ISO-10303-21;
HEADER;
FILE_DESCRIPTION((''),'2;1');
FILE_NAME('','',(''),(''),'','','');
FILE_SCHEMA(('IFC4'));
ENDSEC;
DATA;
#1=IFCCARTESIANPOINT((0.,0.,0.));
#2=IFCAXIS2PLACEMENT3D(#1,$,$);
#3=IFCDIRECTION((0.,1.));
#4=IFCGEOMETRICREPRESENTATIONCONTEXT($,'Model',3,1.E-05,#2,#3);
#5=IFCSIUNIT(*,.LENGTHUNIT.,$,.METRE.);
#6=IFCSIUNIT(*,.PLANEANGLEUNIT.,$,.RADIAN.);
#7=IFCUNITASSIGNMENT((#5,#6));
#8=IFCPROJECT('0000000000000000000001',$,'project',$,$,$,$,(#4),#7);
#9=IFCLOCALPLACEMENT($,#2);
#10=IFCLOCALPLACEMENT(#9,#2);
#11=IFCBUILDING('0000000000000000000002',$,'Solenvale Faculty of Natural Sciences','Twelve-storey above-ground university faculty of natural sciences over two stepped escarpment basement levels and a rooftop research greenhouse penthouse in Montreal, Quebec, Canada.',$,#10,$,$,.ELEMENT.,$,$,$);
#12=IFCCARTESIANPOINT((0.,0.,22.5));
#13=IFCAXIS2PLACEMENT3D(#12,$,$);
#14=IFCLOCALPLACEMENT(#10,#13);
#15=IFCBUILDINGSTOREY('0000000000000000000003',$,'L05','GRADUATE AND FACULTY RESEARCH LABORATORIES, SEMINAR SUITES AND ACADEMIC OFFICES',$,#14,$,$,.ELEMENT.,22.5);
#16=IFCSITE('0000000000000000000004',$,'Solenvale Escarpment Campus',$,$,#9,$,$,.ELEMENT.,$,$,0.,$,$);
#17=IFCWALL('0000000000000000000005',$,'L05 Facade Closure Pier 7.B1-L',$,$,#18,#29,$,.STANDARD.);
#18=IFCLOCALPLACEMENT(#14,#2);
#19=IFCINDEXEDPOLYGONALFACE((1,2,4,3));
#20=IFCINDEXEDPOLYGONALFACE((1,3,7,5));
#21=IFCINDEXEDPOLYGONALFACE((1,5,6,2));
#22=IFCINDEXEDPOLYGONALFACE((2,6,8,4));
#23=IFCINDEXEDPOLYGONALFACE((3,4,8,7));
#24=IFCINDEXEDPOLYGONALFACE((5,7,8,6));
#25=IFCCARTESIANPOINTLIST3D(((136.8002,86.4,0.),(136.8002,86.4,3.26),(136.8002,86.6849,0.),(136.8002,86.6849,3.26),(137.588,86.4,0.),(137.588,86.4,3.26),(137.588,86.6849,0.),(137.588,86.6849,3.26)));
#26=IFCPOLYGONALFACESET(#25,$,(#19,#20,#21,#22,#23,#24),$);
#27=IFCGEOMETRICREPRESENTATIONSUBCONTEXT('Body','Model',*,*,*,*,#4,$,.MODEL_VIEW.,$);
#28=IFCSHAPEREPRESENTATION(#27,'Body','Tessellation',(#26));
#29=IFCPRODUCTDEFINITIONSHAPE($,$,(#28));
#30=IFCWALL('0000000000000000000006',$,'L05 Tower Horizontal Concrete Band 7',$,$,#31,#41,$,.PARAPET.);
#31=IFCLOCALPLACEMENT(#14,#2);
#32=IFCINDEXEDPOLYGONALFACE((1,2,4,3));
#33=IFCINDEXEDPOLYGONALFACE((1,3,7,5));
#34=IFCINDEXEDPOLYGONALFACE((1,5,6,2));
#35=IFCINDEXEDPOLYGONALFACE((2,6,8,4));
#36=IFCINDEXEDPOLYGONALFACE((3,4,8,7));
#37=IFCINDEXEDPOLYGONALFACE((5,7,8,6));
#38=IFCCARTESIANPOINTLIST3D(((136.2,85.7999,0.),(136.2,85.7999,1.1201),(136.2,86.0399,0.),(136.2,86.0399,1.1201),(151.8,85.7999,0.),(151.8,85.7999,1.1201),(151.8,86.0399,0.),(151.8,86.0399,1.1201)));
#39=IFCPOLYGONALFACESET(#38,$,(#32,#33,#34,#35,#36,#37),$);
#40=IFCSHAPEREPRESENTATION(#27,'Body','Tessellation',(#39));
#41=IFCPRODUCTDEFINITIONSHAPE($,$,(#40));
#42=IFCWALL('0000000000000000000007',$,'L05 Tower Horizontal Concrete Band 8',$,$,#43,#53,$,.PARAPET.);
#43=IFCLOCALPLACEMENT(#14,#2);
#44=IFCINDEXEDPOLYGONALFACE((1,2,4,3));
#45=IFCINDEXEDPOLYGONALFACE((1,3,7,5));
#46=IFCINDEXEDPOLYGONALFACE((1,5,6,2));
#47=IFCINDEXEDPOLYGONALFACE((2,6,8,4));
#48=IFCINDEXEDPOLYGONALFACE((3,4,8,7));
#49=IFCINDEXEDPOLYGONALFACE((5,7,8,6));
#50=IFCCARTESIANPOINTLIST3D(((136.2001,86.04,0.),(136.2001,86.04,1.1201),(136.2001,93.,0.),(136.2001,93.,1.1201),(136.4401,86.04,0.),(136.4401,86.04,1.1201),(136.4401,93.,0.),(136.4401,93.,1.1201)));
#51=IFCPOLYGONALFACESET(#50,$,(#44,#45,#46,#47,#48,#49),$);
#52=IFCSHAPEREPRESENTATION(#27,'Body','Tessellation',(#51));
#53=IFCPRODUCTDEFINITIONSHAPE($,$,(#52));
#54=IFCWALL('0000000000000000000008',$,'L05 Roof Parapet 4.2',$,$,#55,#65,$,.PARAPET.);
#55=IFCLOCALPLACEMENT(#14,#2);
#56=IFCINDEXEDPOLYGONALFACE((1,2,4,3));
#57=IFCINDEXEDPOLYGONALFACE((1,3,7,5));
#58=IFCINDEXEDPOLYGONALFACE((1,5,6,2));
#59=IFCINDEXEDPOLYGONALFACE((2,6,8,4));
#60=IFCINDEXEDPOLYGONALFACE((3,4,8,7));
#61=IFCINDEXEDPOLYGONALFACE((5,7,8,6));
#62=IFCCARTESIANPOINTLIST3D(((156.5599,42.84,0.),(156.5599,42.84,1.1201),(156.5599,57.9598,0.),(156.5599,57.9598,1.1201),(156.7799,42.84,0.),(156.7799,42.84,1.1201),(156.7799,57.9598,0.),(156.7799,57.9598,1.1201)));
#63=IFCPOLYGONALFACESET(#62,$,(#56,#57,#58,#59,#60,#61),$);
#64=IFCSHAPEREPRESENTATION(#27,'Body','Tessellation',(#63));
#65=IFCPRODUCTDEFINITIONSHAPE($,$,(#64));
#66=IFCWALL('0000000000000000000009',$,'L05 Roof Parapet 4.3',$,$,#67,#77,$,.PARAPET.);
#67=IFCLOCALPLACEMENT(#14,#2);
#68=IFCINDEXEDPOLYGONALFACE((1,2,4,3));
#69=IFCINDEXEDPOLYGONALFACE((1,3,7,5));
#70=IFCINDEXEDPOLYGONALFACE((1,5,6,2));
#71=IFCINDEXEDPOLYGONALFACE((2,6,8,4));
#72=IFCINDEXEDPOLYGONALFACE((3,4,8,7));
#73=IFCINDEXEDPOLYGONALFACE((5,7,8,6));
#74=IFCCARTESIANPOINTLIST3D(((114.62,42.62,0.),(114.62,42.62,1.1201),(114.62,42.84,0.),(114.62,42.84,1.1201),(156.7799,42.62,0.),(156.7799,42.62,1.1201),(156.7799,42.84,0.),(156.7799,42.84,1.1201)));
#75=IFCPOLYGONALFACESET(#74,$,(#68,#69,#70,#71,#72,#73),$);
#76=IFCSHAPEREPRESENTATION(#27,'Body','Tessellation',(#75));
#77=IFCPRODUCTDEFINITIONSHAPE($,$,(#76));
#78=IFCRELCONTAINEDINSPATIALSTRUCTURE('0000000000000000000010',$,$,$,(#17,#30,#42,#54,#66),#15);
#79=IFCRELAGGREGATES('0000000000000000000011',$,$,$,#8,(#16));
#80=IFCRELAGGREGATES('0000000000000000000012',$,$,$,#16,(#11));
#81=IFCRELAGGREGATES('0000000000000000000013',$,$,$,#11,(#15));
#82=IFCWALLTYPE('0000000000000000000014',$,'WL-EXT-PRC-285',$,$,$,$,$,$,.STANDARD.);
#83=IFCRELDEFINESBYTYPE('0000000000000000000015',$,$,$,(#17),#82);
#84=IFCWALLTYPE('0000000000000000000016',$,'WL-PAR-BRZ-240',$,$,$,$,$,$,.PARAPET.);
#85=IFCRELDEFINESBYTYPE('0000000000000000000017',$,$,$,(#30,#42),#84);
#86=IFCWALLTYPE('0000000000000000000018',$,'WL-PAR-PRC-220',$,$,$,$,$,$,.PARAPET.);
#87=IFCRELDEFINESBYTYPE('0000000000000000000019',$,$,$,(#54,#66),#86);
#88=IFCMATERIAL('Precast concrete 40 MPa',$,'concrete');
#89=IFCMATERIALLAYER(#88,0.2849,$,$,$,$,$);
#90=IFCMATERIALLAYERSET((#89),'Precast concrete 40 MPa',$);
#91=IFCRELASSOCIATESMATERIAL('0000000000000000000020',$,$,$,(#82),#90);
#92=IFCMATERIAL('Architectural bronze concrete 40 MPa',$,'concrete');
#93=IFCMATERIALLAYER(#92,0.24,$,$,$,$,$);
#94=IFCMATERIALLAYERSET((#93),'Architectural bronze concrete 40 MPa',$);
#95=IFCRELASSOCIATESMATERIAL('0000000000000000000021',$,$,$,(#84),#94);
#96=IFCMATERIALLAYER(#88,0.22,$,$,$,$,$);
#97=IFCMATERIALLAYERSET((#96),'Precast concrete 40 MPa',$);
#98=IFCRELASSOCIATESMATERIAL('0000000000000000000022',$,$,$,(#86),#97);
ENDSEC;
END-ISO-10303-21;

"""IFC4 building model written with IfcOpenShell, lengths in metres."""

from ifc_helpers import new_model, si_unit, direction, frame, frame_2d, origin, place, context, subcontext, project, spatial, rectangle, extrude, material, layer, layer_set, type_object, element, save


model = new_model("IFC4")

# Units and contexts
model_context = context("Model", 3, precision=1e-05, world=origin(), true_north=direction((0.0, 1.0)))
body_context = subcontext(model_context, "Body", "Model", "MODEL_VIEW")
ifc_project = project(units=[si_unit("LENGTHUNIT", "METRE"), si_unit("PLANEANGLEUNIT", "RADIAN")], contexts=[model_context])

# Site, building, storey
site_placement = place(None, origin())
site = spatial("IfcSite", under=ifc_project, at=site_placement, Name="Solenvale Escarpment Campus", CompositionType="ELEMENT", RefElevation=0.0)
building_placement = place(site_placement, origin())
building = spatial("IfcBuilding", under=site, at=building_placement, Name="Solenvale Faculty of Natural Sciences", Description="Twelve-storey above-ground university faculty of natural sciences over two stepped escarpment basement levels and a rooftop research greenhouse penthouse in Montreal, Quebec, Canada.", CompositionType="ELEMENT")
storey_placement = place(building_placement, frame((0.0, 0.0, 22.5)))
storey = spatial("IfcBuildingStorey", under=building, at=storey_placement, Name="L05", Description="GRADUATE AND FACULTY RESEARCH LABORATORIES, SEMINAR SUITES AND ACADEMIC OFFICES", CompositionType="ELEMENT", Elevation=22.5)

# Walls
ifc_material_1 = material(Name="Precast concrete 40 MPa", Category="concrete")
ifc_layer_1 = layer(ifc_material_1, 0.2849)
ifc_layer_set_1 = layer_set([ifc_layer_1], Name="Precast concrete 40 MPa")
wall_type_1 = type_object("IfcWallType", Name="WL-EXT-PRC-285", PredefinedType="STANDARD", material=ifc_layer_set_1)
wall_1_placement = place(storey_placement, frame((136.8, 86.5425, 0.0), z_axis=(0.0, 0.0, 1.0), x_axis=(1.0, 0.0, 0.0)))
element("IfcWall", 1, at=wall_1_placement, inside=storey, type_object=wall_type_1, Name="L05 Facade Closure Pier 7.B1-L", PredefinedType="STANDARD", context=body_context, shape_type="SweptSolid", body=[
    extrude(rectangle(XDim=0.7878, YDim=0.2849, at=frame_2d((0.394, 0.0))), origin(), (0.0, 0.0, 1.0), 3.26),
])
ifc_material_2 = material(Name="Architectural bronze concrete 40 MPa", Category="concrete")
ifc_layer_2 = layer(ifc_material_2, 0.24)
ifc_layer_set_2 = layer_set([ifc_layer_2], Name="Architectural bronze concrete 40 MPa")
wall_type_2 = type_object("IfcWallType", Name="WL-PAR-BRZ-240", PredefinedType="PARAPET", material=ifc_layer_set_2)
wall_2_placement = place(storey_placement, frame((151.8, 85.9199, 0.0), z_axis=(0.0, 0.0, 1.0), x_axis=(-1.0, 0.0, 0.0)))
element("IfcWall", 2, at=wall_2_placement, inside=storey, type_object=wall_type_2, Name="L05 Tower Horizontal Concrete Band 7", PredefinedType="PARAPET", context=body_context, shape_type="SweptSolid", body=[
    extrude(rectangle(XDim=15.6001, YDim=0.24, at=frame_2d((7.8, 0.0))), origin(), (0.0, 0.0, 1.0), 1.1201),
])
wall_3_placement = place(storey_placement, frame((136.3201, 86.04, 0.0), z_axis=(0.0, 0.0, 1.0), x_axis=(0.0, 1.0, 0.0)))
element("IfcWall", 3, at=wall_3_placement, inside=storey, type_object=wall_type_2, Name="L05 Tower Horizontal Concrete Band 8", PredefinedType="PARAPET", context=body_context, shape_type="SweptSolid", body=[
    extrude(rectangle(XDim=6.96, YDim=0.24, at=frame_2d((3.48, 0.0))), origin(), (0.0, 0.0, 1.0), 1.1201),
])
ifc_layer_3 = layer(ifc_material_1, 0.22)
ifc_layer_set_3 = layer_set([ifc_layer_3], Name="Precast concrete 40 MPa")
wall_type_3 = type_object("IfcWallType", Name="WL-PAR-PRC-220", PredefinedType="PARAPET", material=ifc_layer_set_3)
wall_4_placement = place(storey_placement, frame((156.6699, 57.96, 0.0), z_axis=(0.0, 0.0, 1.0), x_axis=(0.0, -1.0, 0.0)))
element("IfcWall", 4, at=wall_4_placement, inside=storey, type_object=wall_type_3, Name="L05 Roof Parapet 4.2", PredefinedType="PARAPET", context=body_context, shape_type="SweptSolid", body=[
    extrude(rectangle(XDim=15.1199, YDim=0.22, at=frame_2d((7.5601, 0.0))), origin(), (0.0, 0.0, 1.0), 1.1201),
])
wall_5_placement = place(storey_placement, frame((156.78, 42.73, 0.0), z_axis=(0.0, 0.0, 1.0), x_axis=(-1.0, 0.0, 0.0)))
element("IfcWall", 5, at=wall_5_placement, inside=storey, type_object=wall_type_3, Name="L05 Roof Parapet 4.3", PredefinedType="PARAPET", context=body_context, shape_type="SweptSolid", body=[
    extrude(rectangle(XDim=42.1599, YDim=0.22, at=frame_2d((21.0801, 0.0))), origin(), (0.0, 0.0, 1.0), 1.1201),
])

save(model, "model.ifc")
